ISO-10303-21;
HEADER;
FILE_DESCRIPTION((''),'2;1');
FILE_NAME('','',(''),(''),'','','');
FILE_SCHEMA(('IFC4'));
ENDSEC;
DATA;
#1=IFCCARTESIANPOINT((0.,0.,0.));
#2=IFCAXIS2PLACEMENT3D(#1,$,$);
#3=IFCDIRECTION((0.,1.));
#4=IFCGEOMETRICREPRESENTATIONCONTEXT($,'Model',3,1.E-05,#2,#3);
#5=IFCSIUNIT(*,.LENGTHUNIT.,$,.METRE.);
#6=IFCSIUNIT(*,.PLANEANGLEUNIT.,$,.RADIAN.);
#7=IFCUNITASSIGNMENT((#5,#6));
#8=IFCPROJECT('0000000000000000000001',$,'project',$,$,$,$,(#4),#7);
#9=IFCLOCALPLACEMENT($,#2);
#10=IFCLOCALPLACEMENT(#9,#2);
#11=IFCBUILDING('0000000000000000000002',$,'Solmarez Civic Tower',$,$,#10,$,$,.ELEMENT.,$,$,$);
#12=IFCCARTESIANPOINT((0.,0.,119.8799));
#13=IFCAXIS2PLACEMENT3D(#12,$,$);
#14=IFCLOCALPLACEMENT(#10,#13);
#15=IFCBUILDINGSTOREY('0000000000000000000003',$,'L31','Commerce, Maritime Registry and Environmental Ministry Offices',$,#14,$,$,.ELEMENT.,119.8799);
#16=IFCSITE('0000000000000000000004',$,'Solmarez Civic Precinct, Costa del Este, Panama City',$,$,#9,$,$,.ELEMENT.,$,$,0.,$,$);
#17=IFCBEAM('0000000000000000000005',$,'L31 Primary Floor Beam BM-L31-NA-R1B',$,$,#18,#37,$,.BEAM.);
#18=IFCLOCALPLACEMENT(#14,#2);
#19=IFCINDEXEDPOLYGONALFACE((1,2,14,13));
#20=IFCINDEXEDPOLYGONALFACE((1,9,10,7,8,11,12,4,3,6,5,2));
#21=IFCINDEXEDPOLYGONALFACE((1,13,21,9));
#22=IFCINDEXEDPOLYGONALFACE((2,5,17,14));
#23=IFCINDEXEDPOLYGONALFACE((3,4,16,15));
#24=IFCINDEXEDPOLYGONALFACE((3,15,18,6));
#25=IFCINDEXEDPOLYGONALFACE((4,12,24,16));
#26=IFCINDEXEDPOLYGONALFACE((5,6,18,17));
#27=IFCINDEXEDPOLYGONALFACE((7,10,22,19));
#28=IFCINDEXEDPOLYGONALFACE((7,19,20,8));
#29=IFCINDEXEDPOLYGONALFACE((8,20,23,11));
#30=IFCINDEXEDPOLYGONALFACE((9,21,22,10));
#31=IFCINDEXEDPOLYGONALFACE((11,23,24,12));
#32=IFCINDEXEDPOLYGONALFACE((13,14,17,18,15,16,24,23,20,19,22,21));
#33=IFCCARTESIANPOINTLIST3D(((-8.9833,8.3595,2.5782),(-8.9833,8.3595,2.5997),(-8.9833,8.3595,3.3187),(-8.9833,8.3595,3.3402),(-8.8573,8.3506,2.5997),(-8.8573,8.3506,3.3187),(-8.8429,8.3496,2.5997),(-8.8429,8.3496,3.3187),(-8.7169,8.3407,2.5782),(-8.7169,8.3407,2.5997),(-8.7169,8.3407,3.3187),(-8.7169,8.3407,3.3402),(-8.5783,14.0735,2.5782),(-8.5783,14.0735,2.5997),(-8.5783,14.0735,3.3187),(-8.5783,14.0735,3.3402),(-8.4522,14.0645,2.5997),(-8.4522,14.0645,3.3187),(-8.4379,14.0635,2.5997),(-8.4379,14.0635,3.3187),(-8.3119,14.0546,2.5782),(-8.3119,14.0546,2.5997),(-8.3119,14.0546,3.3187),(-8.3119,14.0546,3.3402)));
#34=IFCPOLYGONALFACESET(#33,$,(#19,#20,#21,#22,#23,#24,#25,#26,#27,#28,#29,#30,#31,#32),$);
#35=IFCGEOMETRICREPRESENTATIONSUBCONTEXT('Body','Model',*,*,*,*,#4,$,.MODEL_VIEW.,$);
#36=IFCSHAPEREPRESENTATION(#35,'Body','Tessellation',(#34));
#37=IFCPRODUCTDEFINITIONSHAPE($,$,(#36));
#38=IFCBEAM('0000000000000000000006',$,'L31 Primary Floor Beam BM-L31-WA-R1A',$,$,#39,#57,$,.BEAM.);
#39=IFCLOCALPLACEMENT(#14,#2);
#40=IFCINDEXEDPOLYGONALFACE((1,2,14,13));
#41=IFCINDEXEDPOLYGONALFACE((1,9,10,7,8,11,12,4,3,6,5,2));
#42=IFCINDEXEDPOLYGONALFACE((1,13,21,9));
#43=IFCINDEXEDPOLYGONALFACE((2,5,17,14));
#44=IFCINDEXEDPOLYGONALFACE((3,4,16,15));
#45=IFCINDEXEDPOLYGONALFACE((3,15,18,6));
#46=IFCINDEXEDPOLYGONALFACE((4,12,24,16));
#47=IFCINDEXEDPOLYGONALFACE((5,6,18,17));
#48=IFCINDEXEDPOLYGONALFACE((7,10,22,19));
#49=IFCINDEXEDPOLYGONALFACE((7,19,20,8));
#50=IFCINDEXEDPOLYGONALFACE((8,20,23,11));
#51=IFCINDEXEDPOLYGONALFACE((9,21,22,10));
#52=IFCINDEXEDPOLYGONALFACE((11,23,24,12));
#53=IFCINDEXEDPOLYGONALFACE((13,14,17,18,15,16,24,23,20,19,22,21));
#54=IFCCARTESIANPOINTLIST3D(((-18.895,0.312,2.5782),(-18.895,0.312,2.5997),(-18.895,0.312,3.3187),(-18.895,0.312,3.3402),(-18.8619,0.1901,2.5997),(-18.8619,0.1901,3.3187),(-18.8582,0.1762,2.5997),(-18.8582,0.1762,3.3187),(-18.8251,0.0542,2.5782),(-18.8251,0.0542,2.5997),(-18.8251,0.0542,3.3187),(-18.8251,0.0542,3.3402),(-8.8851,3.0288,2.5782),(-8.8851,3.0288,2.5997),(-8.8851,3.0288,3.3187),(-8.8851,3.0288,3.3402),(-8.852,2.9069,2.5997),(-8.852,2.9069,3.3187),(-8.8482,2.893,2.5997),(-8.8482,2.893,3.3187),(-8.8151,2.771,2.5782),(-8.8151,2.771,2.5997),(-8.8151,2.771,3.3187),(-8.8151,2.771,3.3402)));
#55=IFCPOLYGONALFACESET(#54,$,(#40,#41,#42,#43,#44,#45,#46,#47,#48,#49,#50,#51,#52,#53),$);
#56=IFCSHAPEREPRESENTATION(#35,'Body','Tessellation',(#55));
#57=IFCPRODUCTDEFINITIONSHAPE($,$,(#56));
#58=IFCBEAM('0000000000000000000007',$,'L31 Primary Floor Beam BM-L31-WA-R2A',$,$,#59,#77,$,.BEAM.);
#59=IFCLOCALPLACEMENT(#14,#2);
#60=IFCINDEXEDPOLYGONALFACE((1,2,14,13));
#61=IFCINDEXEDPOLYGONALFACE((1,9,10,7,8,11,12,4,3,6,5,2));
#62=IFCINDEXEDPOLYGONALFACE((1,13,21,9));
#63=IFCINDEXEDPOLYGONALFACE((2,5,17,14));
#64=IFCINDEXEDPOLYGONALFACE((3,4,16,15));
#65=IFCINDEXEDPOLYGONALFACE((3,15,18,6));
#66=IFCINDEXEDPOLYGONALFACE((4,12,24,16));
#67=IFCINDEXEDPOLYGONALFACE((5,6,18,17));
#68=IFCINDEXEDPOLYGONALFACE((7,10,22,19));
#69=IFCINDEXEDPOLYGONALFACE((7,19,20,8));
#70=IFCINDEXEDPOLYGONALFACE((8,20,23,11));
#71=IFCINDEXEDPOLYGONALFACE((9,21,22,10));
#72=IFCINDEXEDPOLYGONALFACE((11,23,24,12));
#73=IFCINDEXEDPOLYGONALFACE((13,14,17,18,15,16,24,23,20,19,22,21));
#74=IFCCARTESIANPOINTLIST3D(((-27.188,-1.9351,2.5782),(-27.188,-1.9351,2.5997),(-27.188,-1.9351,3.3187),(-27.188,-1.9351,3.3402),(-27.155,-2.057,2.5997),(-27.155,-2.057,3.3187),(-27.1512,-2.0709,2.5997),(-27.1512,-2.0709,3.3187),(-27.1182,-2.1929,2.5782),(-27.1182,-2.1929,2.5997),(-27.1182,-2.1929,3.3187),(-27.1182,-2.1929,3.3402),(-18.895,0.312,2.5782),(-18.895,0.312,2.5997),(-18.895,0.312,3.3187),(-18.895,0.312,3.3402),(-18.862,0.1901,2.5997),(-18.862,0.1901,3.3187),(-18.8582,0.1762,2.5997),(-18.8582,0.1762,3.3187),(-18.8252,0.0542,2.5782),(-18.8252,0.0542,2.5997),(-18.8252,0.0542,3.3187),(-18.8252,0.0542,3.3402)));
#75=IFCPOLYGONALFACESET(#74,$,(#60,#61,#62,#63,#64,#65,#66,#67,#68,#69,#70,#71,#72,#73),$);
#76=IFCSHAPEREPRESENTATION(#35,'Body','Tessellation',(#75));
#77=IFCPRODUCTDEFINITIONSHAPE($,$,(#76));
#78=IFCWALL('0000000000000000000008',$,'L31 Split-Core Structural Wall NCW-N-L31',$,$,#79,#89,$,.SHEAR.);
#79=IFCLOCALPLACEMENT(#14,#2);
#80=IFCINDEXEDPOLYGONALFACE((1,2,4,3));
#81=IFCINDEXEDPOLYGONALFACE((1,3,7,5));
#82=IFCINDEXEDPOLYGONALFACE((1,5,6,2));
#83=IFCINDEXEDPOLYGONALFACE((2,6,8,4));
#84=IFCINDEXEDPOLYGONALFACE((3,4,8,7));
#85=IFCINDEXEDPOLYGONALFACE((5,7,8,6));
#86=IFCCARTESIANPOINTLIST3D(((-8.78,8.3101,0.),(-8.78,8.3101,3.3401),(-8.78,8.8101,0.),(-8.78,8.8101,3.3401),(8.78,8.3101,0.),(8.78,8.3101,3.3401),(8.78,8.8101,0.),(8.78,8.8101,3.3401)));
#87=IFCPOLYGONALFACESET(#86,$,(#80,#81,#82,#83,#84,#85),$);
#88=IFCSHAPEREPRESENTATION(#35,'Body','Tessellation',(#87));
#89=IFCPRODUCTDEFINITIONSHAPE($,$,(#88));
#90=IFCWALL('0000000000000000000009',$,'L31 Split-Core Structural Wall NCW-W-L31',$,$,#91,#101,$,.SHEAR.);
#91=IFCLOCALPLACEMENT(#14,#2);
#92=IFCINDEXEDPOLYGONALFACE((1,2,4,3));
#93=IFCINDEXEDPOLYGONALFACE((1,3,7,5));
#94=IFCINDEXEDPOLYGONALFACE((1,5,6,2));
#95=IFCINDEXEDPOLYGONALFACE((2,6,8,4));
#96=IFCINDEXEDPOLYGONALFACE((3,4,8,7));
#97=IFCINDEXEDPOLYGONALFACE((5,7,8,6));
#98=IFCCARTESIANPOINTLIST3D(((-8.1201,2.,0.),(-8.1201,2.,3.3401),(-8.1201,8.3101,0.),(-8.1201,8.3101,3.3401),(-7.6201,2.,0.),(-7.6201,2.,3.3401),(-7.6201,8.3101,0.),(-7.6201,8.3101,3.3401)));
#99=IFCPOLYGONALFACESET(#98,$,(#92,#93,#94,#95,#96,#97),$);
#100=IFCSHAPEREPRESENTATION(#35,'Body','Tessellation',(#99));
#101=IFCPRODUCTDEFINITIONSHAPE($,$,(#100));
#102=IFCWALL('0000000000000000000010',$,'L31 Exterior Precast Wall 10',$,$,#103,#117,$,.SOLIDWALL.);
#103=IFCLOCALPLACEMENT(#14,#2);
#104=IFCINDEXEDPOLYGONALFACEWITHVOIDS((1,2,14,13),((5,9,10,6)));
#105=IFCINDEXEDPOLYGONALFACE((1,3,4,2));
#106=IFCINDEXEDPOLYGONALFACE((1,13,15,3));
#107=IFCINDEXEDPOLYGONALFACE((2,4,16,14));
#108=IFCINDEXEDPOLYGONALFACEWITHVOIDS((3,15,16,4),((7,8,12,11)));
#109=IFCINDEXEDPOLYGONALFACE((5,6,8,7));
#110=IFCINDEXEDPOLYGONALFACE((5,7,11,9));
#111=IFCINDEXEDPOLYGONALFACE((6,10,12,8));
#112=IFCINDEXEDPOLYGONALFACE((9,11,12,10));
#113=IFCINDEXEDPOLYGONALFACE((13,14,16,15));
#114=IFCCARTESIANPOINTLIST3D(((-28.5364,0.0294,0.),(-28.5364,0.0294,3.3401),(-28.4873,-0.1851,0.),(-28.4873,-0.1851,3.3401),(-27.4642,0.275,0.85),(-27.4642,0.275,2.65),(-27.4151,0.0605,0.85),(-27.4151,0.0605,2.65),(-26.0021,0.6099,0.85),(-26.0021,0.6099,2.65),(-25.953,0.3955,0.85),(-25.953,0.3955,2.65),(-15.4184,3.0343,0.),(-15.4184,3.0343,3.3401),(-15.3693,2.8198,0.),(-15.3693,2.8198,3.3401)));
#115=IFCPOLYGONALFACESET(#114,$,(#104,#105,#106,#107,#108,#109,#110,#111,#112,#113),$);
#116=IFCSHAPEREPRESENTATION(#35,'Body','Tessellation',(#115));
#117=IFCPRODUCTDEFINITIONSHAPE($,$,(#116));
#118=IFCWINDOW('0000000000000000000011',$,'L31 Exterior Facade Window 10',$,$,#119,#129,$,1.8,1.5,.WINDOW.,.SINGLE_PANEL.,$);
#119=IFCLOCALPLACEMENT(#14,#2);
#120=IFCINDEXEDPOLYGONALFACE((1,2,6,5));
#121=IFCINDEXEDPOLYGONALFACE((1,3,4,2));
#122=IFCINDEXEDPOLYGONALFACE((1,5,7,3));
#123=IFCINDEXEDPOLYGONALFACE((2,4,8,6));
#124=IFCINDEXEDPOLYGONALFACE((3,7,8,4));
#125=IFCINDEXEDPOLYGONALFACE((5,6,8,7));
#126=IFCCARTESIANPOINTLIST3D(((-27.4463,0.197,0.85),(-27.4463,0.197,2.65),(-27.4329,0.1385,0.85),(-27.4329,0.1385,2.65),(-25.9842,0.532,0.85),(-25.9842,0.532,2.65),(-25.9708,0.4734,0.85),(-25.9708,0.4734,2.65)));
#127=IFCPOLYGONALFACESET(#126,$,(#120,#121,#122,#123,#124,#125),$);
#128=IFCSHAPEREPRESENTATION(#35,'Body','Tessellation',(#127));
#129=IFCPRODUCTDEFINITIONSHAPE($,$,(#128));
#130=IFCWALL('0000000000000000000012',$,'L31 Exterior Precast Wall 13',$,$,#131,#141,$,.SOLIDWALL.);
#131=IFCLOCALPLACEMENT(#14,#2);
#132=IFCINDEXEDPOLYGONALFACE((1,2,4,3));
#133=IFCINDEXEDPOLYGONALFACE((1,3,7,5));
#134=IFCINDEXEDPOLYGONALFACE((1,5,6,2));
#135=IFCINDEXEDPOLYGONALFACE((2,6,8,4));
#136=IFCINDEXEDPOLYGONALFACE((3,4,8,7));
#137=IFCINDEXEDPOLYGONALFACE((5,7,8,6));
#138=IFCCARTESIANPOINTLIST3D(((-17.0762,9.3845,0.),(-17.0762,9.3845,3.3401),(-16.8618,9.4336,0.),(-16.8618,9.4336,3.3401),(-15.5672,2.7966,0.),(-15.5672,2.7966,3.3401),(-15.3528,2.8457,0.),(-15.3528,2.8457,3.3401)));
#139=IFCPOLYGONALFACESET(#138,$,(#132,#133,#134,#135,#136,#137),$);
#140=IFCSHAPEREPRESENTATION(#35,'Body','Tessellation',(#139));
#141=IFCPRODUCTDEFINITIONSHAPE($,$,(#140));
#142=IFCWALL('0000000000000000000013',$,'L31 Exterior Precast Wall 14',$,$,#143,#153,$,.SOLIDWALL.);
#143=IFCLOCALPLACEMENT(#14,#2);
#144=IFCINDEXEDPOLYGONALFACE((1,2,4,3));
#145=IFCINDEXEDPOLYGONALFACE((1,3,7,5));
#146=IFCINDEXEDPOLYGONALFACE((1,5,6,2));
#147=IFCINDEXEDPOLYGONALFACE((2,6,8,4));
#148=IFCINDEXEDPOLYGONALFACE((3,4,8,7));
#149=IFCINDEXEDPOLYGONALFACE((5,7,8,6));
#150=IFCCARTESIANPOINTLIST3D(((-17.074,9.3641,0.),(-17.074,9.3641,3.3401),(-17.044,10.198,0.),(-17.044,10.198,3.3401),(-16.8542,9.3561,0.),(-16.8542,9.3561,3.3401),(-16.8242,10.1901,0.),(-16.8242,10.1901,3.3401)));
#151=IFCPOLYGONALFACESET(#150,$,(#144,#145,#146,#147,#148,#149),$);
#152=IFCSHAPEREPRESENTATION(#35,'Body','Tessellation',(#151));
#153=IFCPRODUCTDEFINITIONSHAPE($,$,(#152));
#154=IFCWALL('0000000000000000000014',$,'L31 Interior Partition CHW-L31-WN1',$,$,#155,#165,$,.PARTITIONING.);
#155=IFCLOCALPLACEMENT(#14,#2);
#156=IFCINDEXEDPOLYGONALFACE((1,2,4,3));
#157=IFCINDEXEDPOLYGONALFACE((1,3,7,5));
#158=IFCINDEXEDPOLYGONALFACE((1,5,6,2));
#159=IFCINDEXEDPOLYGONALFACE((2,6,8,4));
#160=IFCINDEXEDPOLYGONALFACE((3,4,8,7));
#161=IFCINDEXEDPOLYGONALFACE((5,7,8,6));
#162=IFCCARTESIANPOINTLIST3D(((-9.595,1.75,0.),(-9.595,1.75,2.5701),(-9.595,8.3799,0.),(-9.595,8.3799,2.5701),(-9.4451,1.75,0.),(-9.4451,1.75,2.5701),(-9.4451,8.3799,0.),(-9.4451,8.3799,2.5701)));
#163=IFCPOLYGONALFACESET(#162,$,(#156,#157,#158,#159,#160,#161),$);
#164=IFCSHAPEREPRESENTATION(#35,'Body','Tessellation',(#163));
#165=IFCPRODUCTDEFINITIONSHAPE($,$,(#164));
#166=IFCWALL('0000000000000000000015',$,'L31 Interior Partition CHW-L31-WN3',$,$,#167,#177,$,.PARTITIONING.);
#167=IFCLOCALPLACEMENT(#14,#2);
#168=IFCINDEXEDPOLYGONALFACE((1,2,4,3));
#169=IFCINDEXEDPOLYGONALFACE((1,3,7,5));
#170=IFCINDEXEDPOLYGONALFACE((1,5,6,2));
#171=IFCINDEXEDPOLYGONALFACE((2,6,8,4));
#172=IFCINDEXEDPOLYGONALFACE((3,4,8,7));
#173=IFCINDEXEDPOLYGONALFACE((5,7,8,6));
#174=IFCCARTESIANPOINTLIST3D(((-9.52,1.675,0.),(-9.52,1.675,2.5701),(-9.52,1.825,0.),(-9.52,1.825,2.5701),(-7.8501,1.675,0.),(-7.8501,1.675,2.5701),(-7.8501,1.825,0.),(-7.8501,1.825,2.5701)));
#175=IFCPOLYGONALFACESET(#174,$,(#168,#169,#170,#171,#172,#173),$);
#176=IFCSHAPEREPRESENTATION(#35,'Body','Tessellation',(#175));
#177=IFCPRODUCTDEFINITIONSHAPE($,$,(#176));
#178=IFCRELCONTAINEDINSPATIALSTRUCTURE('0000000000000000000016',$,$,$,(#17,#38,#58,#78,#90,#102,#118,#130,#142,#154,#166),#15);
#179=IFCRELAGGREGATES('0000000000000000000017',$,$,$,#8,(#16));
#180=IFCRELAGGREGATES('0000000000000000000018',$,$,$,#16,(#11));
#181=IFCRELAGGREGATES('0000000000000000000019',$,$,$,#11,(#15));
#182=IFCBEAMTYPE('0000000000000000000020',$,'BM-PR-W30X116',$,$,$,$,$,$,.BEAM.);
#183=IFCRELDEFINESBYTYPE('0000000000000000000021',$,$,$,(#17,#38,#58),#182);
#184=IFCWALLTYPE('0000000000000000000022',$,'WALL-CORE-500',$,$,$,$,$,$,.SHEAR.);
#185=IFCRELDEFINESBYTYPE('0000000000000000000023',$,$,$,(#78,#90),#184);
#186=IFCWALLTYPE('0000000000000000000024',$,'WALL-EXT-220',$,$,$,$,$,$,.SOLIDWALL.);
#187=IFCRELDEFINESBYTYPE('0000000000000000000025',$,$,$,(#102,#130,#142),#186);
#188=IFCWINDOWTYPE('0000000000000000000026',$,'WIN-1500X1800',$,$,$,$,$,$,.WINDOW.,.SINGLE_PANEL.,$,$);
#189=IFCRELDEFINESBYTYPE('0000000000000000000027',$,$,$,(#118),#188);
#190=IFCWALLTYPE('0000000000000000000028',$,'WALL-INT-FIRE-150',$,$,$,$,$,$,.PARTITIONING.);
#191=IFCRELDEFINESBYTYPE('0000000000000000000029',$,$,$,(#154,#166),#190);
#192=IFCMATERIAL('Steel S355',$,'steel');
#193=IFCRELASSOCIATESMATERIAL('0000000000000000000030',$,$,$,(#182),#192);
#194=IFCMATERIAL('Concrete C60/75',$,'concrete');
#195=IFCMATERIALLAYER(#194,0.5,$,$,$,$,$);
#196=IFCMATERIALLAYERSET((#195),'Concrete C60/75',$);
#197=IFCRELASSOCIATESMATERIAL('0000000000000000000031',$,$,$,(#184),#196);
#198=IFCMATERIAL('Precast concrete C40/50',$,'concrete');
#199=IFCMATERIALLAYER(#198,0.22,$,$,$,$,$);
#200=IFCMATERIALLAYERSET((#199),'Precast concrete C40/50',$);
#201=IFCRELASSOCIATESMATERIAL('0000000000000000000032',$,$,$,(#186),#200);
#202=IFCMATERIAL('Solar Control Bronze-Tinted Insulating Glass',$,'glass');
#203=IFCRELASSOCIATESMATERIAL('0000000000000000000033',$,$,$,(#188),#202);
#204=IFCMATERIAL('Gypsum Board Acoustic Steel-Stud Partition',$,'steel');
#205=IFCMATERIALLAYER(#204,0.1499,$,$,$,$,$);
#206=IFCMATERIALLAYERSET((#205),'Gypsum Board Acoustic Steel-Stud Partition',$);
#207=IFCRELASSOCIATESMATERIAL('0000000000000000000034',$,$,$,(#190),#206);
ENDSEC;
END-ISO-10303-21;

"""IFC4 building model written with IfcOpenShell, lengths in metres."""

from ifc_helpers import new_model, si_unit, direction, frame, frame_2d, origin, origin_2d, place, context, subcontext, project, spatial, rectangle, i_section, extrude, material, layer, layer_set, material_profile, profile_set, type_object, element, fill, save


model = new_model("IFC4")

# Units and contexts
model_context = context("Model", 3, precision=1e-05, world=origin(), true_north=direction((0.0, 1.0)))
body_context = subcontext(model_context, "Body", "Model", "MODEL_VIEW")
ifc_project = project(units=[si_unit("LENGTHUNIT", "METRE"), si_unit("PLANEANGLEUNIT", "RADIAN")], contexts=[model_context])

# Site, building, storey
site_placement = place(None, origin())
site = spatial("IfcSite", under=ifc_project, at=site_placement, Name="Solmarez Civic Precinct, Costa del Este, Panama City", CompositionType="ELEMENT", RefElevation=0.0)
building_placement = place(site_placement, origin())
building = spatial("IfcBuilding", under=site, at=building_placement, Name="Solmarez Civic Tower", CompositionType="ELEMENT")
storey_placement = place(building_placement, frame((0.0, 0.0, 119.8799)))
storey = spatial("IfcBuildingStorey", under=building, at=storey_placement, Name="L31", Description="Commerce, Maritime Registry and Environmental Ministry Offices", CompositionType="ELEMENT", Elevation=119.8799)

# Beams
ifc_material_1 = material(Name="Steel S355", Category="steel")
ifc_material_profile_1 = material_profile(ifc_material_1, i_section(OverallWidth=0.2671, OverallDepth=0.762, WebThickness=0.0144, FlangeThickness=0.0215, at=origin_2d()), Name="W30X116")
ifc_profile_set_1 = profile_set([ifc_material_profile_1], Name="Steel S355")
beam_type_1 = type_object("IfcBeamType", Name="BM-PR-W30X116", PredefinedType="BEAM", material=ifc_profile_set_1)
beam_1_placement = place(storey_placement, frame((-8.8501, 8.3501, 2.9592), z_axis=(0.070708, 0.997497, 0.0), x_axis=(-0.997497, 0.070708, 0.0)))
element("IfcBeam", 1, at=beam_1_placement, inside=storey, type_object=beam_type_1, Name="L31 Primary Floor Beam BM-L31-NA-R1B", PredefinedType="BEAM", context=body_context, shape_type="SweptSolid", body=[
    extrude(i_section(OverallWidth=0.2671, OverallDepth=0.762, WebThickness=0.0144, FlangeThickness=0.0215, at=origin_2d()), origin(), (0.0, 0.0, 1.0), 5.7283),
])
beam_2_placement = place(storey_placement, frame((-8.8501, 2.8999, 2.9592), z_axis=(-0.965086, -0.261932, 0.0), x_axis=(0.261932, -0.965086, 0.0)))
element("IfcBeam", 2, at=beam_2_placement, inside=storey, type_object=beam_type_1, Name="L31 Primary Floor Beam BM-L31-WA-R1A", PredefinedType="BEAM", context=body_context, shape_type="SweptSolid", body=[
    extrude(i_section(OverallWidth=0.2671, OverallDepth=0.762, WebThickness=0.0144, FlangeThickness=0.0215, at=origin_2d()), origin(), (0.0, 0.0, 1.0), 10.3721),
])
beam_3_placement = place(storey_placement, frame((-18.8601, 0.1831, 2.9592), z_axis=(-0.965195, -0.26153, 0.0), x_axis=(0.26153, -0.965195, 0.0)))
element("IfcBeam", 3, at=beam_3_placement, inside=storey, type_object=beam_type_1, Name="L31 Primary Floor Beam BM-L31-WA-R2A", PredefinedType="BEAM", context=body_context, shape_type="SweptSolid", body=[
    extrude(i_section(OverallWidth=0.2671, OverallDepth=0.762, WebThickness=0.0144, FlangeThickness=0.0215, at=origin_2d()), origin(), (0.0, 0.0, 1.0), 8.592),
])

# Walls
ifc_material_2 = material(Name="Concrete C60/75", Category="concrete")
ifc_layer_1 = layer(ifc_material_2, 0.5)
ifc_layer_set_1 = layer_set([ifc_layer_1], Name="Concrete C60/75")
wall_type_1 = type_object("IfcWallType", Name="WALL-CORE-500", PredefinedType="SHEAR", material=ifc_layer_set_1)
wall_1_placement = place(storey_placement, frame((-8.78, 8.5601, 0.0), z_axis=(0.0, 0.0, 1.0), x_axis=(1.0, 0.0, 0.0)))
element("IfcWall", 4, at=wall_1_placement, inside=storey, type_object=wall_type_1, Name="L31 Split-Core Structural Wall NCW-N-L31", PredefinedType="SHEAR", context=body_context, shape_type="SweptSolid", body=[
    extrude(rectangle(XDim=17.5601, YDim=0.5, at=frame_2d((8.78, 0.0))), origin(), (0.0, 0.0, 1.0), 3.3401),
])
wall_2_placement = place(storey_placement, frame((-7.8701, 2.0, 0.0), z_axis=(0.0, 0.0, 1.0), x_axis=(0.0, 1.0, 0.0)))
element("IfcWall", 5, at=wall_2_placement, inside=storey, type_object=wall_type_1, Name="L31 Split-Core Structural Wall NCW-W-L31", PredefinedType="SHEAR", context=body_context, shape_type="SweptSolid", body=[
    extrude(rectangle(XDim=6.3101, YDim=0.5, at=frame_2d((3.155, 0.0))), origin(), (0.0, 0.0, 1.0), 3.3401),
])

# Wall, opening, window
ifc_material_3 = material(Name="Precast concrete C40/50", Category="concrete")
ifc_layer_2 = layer(ifc_material_3, 0.22)
ifc_layer_set_2 = layer_set([ifc_layer_2], Name="Precast concrete C40/50")
wall_type_2 = type_object("IfcWallType", Name="WALL-EXT-220", PredefinedType="SOLIDWALL", material=ifc_layer_set_2)
wall_3_placement = place(storey_placement, frame((-28.512, -0.0779, 0.0), z_axis=(0.0, 0.0, 1.0), x_axis=(0.974753, 0.223284, 0.0)))
wall_3 = element("IfcWall", 6, at=wall_3_placement, inside=storey, type_object=wall_type_2, Name="L31 Exterior Precast Wall 10", PredefinedType="SOLIDWALL", context=body_context, shape_type="SweptSolid", body=[
    extrude(rectangle(XDim=13.4578, YDim=0.22, at=frame_2d((6.729, 0.0))), origin(), (0.0, 0.0, 1.0), 3.3401),
])
opening_1_placement = place(wall_3_placement, frame((1.1001, 0.0, 0.8501)))
opening_1 = element("IfcOpeningElement", 7, at=opening_1_placement, cuts=wall_3, PredefinedType="OPENING", context=body_context, shape_type="SweptSolid", body=[
    extrude(rectangle(XDim=1.5, YDim=1.8, at=frame_2d((0.75, 0.8999))), frame((0.0, 0.1199, 0.0), z_axis=(0.0, -1.0, 0.0), x_axis=(1.0, 0.0, 0.0)), (0.0, 0.0, 1.0), 0.24),
])
ifc_material_4 = material(Name="Solar Control Bronze-Tinted Insulating Glass", Category="glass")
window_type = type_object("IfcWindowType", Name="WIN-1500X1800", PartitioningType="SINGLE_PANEL", PredefinedType="WINDOW", material=ifc_material_4)
window_placement = place(opening_1_placement, origin())
window = element("IfcWindow", 8, at=window_placement, inside=storey, type_object=window_type, Name="L31 Exterior Facade Window 10", OverallHeight=1.8, OverallWidth=1.5, PartitioningType="SINGLE_PANEL", PredefinedType="WINDOW", context=body_context, shape_type="SweptSolid", body=[
    extrude(rectangle(XDim=1.5, YDim=1.8, at=frame_2d((0.75, 0.8999))), frame((0.0, 0.03, 0.0), z_axis=(0.0, -1.0, 0.0), x_axis=(1.0, 0.0, 0.0)), (0.0, 0.0, 1.0), 0.0601),
])
fill(opening_1, window)

# Walls
wall_4_placement = place(storey_placement, frame((-15.46, 2.821, 0.0), z_axis=(0.0, 0.0, 1.0), x_axis=(-0.223279, 0.974755, 0.0)))
element("IfcWall", 9, at=wall_4_placement, inside=storey, type_object=wall_type_2, Name="L31 Exterior Precast Wall 13", PredefinedType="SOLIDWALL", context=body_context, shape_type="SweptSolid", body=[
    extrude(rectangle(XDim=6.7585, YDim=0.22, at=frame_2d((3.3794, 0.0))), origin(), (0.0, 0.0, 1.0), 3.3401),
])
wall_5_placement = place(storey_placement, frame((-16.9641, 9.3601, 0.0), z_axis=(0.0, 0.0, 1.0), x_axis=(0.035984, 0.999352, 0.0)))
element("IfcWall", 10, at=wall_5_placement, inside=storey, type_object=wall_type_2, Name="L31 Exterior Precast Wall 14", PredefinedType="SOLIDWALL", context=body_context, shape_type="SweptSolid", body=[
    extrude(rectangle(XDim=0.8345, YDim=0.22, at=frame_2d((0.4172, 0.0))), origin(), (0.0, 0.0, 1.0), 3.3401),
])
ifc_material_5 = material(Name="Gypsum Board Acoustic Steel-Stud Partition", Category="steel")
ifc_layer_3 = layer(ifc_material_5, 0.1499)
ifc_layer_set_3 = layer_set([ifc_layer_3], Name="Gypsum Board Acoustic Steel-Stud Partition")
wall_type_3 = type_object("IfcWallType", Name="WALL-INT-FIRE-150", PredefinedType="PARTITIONING", material=ifc_layer_set_3)
wall_6_placement = place(storey_placement, frame((-9.52, 1.75, 0.0), z_axis=(0.0, 0.0, 1.0), x_axis=(0.0, 1.0, 0.0)))
element("IfcWall", 11, at=wall_6_placement, inside=storey, type_object=wall_type_3, Name="L31 Interior Partition CHW-L31-WN1", PredefinedType="PARTITIONING", context=body_context, shape_type="SweptSolid", body=[
    extrude(rectangle(XDim=6.6299, YDim=0.1499, at=frame_2d((3.3149, 0.0))), origin(), (0.0, 0.0, 1.0), 2.5701),
])
wall_7_placement = place(storey_placement, frame((-7.8501, 1.75, 0.0), z_axis=(0.0, 0.0, 1.0), x_axis=(-1.0, 0.0, 0.0)))
element("IfcWall", 12, at=wall_7_placement, inside=storey, type_object=wall_type_3, Name="L31 Interior Partition CHW-L31-WN3", PredefinedType="PARTITIONING", context=body_context, shape_type="SweptSolid", body=[
    extrude(rectangle(XDim=1.6699, YDim=0.1499, at=frame_2d((0.835, 0.0))), origin(), (0.0, 0.0, 1.0), 2.5701),
])

save(model, "model.ifc")
